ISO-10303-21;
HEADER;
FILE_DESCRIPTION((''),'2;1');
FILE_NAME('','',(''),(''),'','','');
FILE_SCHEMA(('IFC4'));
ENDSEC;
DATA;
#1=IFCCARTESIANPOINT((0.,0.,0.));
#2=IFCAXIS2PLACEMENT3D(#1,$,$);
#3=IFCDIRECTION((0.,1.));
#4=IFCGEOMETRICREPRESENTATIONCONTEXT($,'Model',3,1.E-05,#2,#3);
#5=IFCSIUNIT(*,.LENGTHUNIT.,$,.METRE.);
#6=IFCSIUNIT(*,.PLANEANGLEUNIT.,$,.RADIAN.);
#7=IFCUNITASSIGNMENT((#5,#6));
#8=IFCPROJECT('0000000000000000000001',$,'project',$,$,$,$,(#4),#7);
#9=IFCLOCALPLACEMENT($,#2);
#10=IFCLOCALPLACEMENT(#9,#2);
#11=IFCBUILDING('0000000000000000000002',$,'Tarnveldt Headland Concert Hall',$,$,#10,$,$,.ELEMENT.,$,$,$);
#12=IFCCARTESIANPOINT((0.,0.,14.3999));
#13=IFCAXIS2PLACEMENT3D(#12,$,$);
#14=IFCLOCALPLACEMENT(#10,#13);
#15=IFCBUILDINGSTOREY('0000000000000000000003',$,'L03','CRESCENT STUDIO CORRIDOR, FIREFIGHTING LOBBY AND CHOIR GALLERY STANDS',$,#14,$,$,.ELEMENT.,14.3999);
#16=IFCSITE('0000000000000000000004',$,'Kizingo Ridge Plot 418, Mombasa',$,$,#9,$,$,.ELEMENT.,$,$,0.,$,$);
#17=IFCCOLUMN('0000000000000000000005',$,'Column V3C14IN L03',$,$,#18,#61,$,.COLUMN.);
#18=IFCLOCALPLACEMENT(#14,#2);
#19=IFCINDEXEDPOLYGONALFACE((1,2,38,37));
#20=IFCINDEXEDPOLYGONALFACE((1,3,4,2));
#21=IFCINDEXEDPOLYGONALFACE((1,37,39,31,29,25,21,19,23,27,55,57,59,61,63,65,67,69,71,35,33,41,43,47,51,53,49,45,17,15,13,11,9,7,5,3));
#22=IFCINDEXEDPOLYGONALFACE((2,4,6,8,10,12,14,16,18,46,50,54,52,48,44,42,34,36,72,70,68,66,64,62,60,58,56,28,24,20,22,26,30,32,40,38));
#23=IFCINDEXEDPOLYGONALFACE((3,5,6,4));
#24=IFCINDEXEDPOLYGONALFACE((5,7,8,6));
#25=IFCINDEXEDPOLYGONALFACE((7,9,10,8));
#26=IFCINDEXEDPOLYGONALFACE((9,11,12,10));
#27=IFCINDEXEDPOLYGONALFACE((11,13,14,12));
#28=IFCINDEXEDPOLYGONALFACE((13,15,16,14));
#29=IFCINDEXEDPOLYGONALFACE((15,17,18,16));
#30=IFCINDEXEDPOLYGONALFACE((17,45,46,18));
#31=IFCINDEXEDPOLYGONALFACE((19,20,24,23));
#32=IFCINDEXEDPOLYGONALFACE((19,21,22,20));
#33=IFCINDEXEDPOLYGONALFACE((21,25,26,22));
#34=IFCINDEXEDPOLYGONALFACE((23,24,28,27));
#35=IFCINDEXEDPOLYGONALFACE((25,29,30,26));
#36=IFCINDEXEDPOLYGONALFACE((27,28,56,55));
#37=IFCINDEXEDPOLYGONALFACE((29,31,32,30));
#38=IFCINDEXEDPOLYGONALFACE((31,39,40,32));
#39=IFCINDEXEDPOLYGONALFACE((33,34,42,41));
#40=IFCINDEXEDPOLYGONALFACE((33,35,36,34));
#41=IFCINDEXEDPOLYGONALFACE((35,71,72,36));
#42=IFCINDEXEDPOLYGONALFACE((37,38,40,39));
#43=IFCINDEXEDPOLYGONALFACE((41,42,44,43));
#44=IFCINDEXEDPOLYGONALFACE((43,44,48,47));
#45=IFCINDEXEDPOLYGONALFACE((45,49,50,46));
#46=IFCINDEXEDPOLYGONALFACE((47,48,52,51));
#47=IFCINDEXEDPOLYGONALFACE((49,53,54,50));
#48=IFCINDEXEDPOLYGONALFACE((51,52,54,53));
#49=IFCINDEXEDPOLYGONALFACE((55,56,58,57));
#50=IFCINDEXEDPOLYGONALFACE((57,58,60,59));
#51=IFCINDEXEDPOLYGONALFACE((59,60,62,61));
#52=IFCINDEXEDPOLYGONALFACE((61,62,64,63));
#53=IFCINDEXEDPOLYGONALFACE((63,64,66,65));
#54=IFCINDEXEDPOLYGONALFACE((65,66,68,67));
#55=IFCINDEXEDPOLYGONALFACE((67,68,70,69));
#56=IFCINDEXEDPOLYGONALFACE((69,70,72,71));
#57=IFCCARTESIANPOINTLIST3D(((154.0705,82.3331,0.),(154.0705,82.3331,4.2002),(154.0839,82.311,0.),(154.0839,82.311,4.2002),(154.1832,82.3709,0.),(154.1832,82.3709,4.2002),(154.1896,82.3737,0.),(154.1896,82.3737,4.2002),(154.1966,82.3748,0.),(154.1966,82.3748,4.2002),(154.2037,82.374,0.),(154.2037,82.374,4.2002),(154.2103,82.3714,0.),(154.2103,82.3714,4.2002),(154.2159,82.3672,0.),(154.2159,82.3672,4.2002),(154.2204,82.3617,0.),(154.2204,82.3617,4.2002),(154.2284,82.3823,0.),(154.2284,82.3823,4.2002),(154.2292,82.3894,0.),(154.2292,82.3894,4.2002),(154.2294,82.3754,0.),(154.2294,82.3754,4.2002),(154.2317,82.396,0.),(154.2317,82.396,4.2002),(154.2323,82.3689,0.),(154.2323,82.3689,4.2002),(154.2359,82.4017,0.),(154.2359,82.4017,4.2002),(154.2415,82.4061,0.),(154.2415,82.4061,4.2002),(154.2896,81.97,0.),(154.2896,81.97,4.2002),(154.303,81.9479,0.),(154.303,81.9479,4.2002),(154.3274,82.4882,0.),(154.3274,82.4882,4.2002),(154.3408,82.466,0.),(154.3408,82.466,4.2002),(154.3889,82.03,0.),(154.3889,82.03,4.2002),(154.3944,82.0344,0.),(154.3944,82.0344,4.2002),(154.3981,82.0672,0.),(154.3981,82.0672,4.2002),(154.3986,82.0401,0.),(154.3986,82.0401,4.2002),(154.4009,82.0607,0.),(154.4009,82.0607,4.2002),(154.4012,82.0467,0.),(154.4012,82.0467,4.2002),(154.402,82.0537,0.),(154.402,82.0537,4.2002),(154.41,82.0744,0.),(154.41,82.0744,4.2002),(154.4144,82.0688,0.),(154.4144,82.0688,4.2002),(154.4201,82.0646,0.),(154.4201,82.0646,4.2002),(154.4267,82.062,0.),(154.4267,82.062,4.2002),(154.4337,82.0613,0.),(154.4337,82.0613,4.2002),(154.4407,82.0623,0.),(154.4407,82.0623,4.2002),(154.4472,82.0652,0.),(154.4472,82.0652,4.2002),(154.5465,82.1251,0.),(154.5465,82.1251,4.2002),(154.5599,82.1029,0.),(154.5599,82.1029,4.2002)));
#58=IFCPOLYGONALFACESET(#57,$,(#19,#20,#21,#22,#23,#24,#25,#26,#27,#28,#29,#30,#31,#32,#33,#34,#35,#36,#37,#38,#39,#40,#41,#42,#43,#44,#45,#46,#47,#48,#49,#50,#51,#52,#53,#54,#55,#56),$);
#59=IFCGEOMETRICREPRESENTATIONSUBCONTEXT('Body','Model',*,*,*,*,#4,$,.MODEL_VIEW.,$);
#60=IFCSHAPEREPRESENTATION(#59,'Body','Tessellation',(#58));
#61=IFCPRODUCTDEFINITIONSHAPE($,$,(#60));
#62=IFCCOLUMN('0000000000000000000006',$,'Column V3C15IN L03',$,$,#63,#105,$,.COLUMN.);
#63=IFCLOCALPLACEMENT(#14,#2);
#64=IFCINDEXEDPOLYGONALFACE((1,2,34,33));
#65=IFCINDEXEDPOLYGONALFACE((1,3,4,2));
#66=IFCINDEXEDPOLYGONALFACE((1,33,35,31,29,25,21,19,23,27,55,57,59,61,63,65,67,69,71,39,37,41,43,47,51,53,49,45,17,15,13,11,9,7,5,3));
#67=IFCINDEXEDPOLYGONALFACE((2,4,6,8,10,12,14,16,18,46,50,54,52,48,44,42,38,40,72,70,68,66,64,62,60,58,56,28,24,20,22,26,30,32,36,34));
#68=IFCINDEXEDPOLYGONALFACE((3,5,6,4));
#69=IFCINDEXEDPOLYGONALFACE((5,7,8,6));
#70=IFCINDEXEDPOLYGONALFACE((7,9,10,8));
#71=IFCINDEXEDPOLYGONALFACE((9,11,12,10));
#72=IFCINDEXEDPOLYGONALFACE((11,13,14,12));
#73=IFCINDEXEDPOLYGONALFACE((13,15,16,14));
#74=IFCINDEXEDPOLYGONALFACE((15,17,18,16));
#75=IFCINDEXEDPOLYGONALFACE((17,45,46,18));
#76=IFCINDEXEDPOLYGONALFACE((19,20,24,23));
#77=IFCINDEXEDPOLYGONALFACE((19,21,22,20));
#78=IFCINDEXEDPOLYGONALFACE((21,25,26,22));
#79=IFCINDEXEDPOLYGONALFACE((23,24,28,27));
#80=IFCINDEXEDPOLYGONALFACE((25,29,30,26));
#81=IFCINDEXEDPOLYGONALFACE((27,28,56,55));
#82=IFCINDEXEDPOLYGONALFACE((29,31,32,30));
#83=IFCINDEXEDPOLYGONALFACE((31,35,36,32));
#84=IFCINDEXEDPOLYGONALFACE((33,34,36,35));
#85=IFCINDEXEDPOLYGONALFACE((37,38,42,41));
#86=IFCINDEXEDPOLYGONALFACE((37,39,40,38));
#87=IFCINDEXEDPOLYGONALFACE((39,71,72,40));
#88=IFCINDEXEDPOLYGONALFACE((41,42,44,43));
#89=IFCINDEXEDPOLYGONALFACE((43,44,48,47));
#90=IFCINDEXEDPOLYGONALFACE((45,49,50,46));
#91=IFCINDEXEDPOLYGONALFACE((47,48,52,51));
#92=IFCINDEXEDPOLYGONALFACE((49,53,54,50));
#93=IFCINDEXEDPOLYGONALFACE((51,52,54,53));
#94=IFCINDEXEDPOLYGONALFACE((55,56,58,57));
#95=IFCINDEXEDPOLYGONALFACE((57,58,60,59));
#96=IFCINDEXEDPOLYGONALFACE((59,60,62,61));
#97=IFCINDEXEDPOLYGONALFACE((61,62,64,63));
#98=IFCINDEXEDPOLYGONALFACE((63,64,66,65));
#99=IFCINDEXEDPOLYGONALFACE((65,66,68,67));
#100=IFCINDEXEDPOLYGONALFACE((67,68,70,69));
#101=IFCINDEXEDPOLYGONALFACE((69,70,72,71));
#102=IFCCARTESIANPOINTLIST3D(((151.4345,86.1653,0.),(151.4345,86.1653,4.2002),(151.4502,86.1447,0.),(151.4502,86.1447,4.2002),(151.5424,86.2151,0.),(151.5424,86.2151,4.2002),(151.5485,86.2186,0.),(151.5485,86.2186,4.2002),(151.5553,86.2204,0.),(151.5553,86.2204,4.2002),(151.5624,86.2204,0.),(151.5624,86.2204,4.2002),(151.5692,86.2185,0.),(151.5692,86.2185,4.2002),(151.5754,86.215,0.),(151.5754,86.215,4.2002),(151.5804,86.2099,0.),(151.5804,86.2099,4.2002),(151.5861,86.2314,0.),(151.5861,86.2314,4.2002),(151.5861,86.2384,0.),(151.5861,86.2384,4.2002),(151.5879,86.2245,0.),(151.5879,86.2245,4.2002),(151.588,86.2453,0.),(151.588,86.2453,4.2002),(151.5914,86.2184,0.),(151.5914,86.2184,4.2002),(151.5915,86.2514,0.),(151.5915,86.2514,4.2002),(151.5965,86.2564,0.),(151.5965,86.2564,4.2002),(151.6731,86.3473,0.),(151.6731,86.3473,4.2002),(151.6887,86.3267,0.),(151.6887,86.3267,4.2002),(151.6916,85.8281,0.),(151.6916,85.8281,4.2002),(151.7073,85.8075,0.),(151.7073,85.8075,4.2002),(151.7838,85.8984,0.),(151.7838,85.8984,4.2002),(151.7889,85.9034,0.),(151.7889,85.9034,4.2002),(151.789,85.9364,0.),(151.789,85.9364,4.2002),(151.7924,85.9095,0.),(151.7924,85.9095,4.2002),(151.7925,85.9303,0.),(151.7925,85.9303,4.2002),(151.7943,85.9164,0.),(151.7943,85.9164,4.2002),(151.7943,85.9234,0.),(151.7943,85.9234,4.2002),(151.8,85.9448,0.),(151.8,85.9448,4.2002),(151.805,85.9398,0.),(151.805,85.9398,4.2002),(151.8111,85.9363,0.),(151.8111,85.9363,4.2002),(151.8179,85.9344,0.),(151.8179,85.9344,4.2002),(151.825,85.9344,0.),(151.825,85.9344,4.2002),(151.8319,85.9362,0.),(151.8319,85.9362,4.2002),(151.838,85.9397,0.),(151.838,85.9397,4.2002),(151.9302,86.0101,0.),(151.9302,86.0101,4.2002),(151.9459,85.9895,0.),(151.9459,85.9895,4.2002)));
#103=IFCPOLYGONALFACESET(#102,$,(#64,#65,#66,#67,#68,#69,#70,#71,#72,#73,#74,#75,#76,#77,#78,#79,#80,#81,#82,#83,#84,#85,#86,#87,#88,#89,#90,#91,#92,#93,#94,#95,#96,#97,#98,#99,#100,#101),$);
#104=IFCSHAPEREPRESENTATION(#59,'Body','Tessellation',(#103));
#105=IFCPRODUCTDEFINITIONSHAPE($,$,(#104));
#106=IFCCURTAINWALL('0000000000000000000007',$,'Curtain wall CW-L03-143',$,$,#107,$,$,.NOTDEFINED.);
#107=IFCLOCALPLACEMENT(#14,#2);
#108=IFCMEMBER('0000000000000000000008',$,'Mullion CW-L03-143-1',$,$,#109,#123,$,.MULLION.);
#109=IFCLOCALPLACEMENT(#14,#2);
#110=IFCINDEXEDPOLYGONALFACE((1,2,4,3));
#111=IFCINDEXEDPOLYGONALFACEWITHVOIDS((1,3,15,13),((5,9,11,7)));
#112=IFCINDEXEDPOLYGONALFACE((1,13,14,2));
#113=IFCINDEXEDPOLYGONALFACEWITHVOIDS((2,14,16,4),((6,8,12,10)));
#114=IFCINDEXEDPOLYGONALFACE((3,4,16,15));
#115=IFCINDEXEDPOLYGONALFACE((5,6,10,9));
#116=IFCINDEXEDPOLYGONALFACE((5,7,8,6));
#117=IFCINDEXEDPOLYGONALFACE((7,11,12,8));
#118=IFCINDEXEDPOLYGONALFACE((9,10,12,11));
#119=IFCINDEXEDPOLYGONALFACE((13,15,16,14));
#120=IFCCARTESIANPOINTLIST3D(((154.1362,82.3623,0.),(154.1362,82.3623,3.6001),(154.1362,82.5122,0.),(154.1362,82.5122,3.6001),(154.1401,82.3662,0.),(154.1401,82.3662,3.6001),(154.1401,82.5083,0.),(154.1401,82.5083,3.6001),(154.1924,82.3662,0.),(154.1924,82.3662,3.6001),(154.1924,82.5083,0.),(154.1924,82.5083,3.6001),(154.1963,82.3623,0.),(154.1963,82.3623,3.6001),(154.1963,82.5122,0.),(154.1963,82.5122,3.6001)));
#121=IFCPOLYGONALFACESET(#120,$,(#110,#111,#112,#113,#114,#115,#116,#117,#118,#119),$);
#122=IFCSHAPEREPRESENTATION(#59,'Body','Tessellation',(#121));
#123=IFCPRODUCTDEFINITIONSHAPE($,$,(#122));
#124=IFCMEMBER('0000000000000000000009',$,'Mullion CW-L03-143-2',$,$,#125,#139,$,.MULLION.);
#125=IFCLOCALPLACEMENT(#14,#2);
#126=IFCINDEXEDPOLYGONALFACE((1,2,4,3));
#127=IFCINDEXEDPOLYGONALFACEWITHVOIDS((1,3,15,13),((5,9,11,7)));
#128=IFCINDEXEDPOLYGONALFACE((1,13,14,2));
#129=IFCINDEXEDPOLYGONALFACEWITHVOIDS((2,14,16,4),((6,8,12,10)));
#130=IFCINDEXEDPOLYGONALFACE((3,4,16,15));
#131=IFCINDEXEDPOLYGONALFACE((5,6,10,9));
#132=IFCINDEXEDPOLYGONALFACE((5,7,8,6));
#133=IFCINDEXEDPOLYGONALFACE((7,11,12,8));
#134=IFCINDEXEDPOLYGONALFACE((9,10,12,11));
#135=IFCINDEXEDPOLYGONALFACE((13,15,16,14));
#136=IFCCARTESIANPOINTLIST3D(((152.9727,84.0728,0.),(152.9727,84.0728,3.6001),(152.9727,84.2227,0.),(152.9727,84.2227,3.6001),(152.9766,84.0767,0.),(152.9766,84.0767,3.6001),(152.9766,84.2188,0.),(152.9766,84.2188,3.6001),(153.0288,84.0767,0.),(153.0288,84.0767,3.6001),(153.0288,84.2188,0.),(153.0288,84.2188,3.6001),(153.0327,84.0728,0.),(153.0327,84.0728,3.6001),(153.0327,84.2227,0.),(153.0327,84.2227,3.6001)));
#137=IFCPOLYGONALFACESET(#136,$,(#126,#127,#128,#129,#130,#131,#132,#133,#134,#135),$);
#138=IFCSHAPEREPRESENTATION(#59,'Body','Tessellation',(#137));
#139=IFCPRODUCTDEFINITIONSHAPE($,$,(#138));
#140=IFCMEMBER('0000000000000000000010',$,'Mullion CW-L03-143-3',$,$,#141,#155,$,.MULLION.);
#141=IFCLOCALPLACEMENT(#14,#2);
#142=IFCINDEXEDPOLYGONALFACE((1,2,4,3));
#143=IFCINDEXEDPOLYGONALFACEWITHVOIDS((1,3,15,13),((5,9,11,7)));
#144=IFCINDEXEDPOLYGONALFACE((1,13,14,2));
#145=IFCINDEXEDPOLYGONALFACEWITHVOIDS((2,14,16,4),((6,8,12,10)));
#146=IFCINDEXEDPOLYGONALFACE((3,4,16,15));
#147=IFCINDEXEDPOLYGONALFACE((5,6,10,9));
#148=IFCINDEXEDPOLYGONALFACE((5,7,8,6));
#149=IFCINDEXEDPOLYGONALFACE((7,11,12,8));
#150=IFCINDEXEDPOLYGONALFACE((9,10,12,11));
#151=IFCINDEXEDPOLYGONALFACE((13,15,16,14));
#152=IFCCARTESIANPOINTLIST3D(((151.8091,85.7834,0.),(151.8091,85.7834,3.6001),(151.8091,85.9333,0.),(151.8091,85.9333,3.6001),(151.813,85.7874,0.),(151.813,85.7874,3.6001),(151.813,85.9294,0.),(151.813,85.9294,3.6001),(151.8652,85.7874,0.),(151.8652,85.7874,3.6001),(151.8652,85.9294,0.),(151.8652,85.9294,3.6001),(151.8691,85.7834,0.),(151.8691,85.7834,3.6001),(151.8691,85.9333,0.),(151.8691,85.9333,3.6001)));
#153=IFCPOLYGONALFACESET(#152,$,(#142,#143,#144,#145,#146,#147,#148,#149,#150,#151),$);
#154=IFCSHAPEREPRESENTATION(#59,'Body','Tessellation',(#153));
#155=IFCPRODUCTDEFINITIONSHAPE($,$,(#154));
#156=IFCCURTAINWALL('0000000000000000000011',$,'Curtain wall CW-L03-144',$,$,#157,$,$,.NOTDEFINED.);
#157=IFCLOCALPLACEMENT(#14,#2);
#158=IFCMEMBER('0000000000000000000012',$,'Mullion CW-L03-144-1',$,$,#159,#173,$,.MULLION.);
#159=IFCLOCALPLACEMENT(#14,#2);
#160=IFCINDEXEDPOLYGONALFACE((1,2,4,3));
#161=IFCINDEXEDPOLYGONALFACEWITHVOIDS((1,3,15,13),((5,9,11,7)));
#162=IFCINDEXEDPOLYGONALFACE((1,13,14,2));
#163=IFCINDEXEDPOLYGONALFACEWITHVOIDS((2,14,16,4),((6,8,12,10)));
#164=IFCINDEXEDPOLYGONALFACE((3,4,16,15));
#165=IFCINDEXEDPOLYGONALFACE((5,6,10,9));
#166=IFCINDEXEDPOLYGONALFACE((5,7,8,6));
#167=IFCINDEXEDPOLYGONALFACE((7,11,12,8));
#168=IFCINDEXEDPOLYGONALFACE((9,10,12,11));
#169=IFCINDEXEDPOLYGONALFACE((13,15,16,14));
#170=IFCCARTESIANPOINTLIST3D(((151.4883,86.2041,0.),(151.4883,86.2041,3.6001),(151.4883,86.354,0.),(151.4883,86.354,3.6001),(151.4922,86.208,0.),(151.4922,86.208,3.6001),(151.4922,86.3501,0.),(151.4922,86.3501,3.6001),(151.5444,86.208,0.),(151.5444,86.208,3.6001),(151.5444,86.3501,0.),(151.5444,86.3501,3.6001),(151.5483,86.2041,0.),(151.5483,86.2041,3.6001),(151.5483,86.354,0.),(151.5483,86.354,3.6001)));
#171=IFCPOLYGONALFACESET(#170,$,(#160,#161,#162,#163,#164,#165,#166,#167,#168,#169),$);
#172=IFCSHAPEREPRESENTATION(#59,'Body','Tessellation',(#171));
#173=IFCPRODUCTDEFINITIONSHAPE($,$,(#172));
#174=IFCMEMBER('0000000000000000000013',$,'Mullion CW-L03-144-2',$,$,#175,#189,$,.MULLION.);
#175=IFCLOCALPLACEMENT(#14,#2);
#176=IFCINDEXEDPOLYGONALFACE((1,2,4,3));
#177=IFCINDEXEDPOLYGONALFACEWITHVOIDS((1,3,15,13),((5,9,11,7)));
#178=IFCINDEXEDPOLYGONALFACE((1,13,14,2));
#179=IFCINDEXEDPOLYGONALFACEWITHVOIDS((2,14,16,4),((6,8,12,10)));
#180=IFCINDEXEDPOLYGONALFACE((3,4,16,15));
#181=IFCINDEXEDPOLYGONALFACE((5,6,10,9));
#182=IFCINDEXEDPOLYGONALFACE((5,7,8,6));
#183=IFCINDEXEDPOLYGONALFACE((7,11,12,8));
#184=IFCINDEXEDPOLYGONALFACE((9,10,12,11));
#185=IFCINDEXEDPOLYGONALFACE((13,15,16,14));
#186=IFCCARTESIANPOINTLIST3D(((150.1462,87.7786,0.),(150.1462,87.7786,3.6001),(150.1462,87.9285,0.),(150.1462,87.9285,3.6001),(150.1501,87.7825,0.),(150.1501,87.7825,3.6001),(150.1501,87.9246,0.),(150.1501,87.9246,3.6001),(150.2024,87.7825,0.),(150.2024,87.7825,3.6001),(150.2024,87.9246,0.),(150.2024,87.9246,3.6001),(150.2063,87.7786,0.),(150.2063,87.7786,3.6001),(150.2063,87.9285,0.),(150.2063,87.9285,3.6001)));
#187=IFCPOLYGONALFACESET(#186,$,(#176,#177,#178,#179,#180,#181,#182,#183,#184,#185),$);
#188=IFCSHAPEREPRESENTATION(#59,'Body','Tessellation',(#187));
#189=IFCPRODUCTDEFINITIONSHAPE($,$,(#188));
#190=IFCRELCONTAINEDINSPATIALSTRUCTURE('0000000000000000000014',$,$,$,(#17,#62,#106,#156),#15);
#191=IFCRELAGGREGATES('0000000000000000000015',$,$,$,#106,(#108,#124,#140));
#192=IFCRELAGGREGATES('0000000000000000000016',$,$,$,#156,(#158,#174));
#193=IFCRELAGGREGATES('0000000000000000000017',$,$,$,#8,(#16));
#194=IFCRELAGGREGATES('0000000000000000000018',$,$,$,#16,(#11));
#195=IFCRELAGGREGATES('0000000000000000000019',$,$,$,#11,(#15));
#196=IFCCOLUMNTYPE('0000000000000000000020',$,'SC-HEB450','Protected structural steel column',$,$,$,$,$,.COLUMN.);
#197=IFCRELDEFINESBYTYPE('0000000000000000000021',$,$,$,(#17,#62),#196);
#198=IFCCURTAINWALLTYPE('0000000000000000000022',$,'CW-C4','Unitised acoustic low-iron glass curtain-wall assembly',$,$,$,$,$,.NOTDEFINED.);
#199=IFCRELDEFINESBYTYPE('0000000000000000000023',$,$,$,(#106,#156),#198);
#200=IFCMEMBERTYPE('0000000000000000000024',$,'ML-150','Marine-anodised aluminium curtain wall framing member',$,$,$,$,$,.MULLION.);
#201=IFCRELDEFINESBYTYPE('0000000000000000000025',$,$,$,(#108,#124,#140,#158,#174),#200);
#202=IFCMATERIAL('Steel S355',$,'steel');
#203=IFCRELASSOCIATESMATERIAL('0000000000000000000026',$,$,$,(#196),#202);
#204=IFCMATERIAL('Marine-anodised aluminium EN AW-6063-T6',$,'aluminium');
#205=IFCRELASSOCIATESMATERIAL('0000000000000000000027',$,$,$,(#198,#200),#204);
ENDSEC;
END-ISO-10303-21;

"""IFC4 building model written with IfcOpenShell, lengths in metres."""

from ifc_helpers import new_model, si_unit, direction, frame, origin, origin_2d, place, context, subcontext, project, spatial, hollow_rectangle, i_section, extrude, material, material_profile, profile_set, type_object, element, aggregate, save


model = new_model("IFC4")

# Units and contexts
model_context = context("Model", 3, precision=1e-05, world=origin(), true_north=direction((0.0, 1.0)))
body_context = subcontext(model_context, "Body", "Model", "MODEL_VIEW")
ifc_project = project(units=[si_unit("LENGTHUNIT", "METRE"), si_unit("PLANEANGLEUNIT", "RADIAN")], contexts=[model_context])

# Site, building, storey
site_placement = place(None, origin())
site = spatial("IfcSite", under=ifc_project, at=site_placement, Name="Kizingo Ridge Plot 418, Mombasa", CompositionType="ELEMENT", RefElevation=0.0)
building_placement = place(site_placement, origin())
building = spatial("IfcBuilding", under=site, at=building_placement, Name="Tarnveldt Headland Concert Hall", CompositionType="ELEMENT")
storey_placement = place(building_placement, frame((0.0, 0.0, 14.3999)))
storey = spatial("IfcBuildingStorey", under=building, at=storey_placement, Name="L03", Description="CRESCENT STUDIO CORRIDOR, FIREFIGHTING LOBBY AND CHOIR GALLERY STANDS", CompositionType="ELEMENT", Elevation=14.3999)

# Columns
ifc_material_1 = material(Name="Steel S355", Category="steel")
ifc_material_profile_1 = material_profile(ifc_material_1, i_section(OverallWidth=0.3, OverallDepth=0.45, WebThickness=0.0139, FlangeThickness=0.0259, FilletRadius=0.0271, at=origin_2d()), Name="HEB450", Category="steel")
ifc_profile_set_1 = profile_set([ifc_material_profile_1], Name="Steel S355")
column_type = type_object("IfcColumnType", Name="SC-HEB450", Description="Protected structural steel column", PredefinedType="COLUMN", material=ifc_profile_set_1)
for number, where, z_axis, x_axis, name in (
    (1, (154.3152, 82.218, 0.0), (0.0, 0.0, 1.0), (0.856177, 0.516683, 0.0), "Column V3C14IN L03"),
    (2, (151.6902, 86.0774, 0.0), (0.0, 0.0, 1.0), (0.795156, 0.606405, 0.0), "Column V3C15IN L03"),
):
    element("IfcColumn", number, at=place(storey_placement, frame(where, z_axis=z_axis, x_axis=x_axis)), inside=storey, type_object=column_type, Name=name, PredefinedType="COLUMN", context=body_context, shape_type="SweptSolid", body=[
        extrude(i_section(OverallWidth=0.3, OverallDepth=0.45, WebThickness=0.0139, FlangeThickness=0.0259, FilletRadius=0.0271, at=origin_2d()), origin(), (0.0, 0.0, 1.0), 4.2002),
    ])

# Curtain walls, members
ifc_material_2 = material(Name="Marine-anodised aluminium EN AW-6063-T6", Category="aluminium")
curtain_wall_type = type_object("IfcCurtainWallType", Name="CW-C4", Description="Unitised acoustic low-iron glass curtain-wall assembly", PredefinedType="NOTDEFINED", material=ifc_material_2)
curtain_wall_1_placement = place(storey_placement, origin())
curtain_wall_1 = element("IfcCurtainWall", 3, at=curtain_wall_1_placement, inside=storey, type_object=curtain_wall_type, Name="Curtain wall CW-L03-143", PredefinedType="NOTDEFINED")
ifc_material_profile_2 = material_profile(ifc_material_2, hollow_rectangle(XDim=0.0601, YDim=0.1499, WallThickness=0.0039, at=origin_2d()), Name="ALU MULLION 60x150x4", Category="aluminium")
ifc_profile_set_2 = profile_set([ifc_material_profile_2], Name="Marine-anodised aluminium EN AW-6063-T6")
member_type_1 = type_object("IfcMemberType", Name="ML-150", Description="Marine-anodised aluminium curtain wall framing member", PredefinedType="MULLION", material=ifc_profile_set_2)
member_1_placement = place(storey_placement, frame((154.1663, 82.4373, 0.0), z_axis=(0.0, 0.0, 1.0), x_axis=(1.0, 0.0, 0.0)))
member_1 = element("IfcMember", 4, at=member_1_placement, type_object=member_type_1, Name="Mullion CW-L03-143-1", PredefinedType="MULLION", context=body_context, shape_type="SweptSolid", body=[
    extrude(hollow_rectangle(XDim=0.0601, YDim=0.1499, WallThickness=0.0039, at=origin_2d()), origin(), (0.0, 0.0, 1.0), 3.6001),
])
member_2_placement = place(storey_placement, frame((153.0027, 84.1477, 0.0), z_axis=(0.0, 0.0, 1.0), x_axis=(1.0, 0.0, 0.0)))
member_2 = element("IfcMember", 5, at=member_2_placement, type_object=member_type_1, Name="Mullion CW-L03-143-2", PredefinedType="MULLION", context=body_context, shape_type="SweptSolid", body=[
    extrude(hollow_rectangle(XDim=0.0601, YDim=0.1499, WallThickness=0.0039, at=origin_2d()), origin(), (0.0, 0.0, 1.0), 3.6001),
])
member_3_placement = place(storey_placement, frame((151.8391, 85.8584, 0.0), z_axis=(0.0, 0.0, 1.0), x_axis=(1.0, 0.0, 0.0)))
member_3 = element("IfcMember", 6, at=member_3_placement, type_object=member_type_1, Name="Mullion CW-L03-143-3", PredefinedType="MULLION", context=body_context, shape_type="SweptSolid", body=[
    extrude(hollow_rectangle(XDim=0.0601, YDim=0.1499, WallThickness=0.0039, at=origin_2d()), origin(), (0.0, 0.0, 1.0), 3.6001),
])
curtain_wall_2_placement = place(storey_placement, origin())
curtain_wall_2 = element("IfcCurtainWall", 7, at=curtain_wall_2_placement, inside=storey, type_object=curtain_wall_type, Name="Curtain wall CW-L03-144", PredefinedType="NOTDEFINED")
member_4_placement = place(storey_placement, frame((151.5183, 86.2791, 0.0), z_axis=(0.0, 0.0, 1.0), x_axis=(1.0, 0.0, 0.0)))
member_4 = element("IfcMember", 8, at=member_4_placement, type_object=member_type_1, Name="Mullion CW-L03-144-1", PredefinedType="MULLION", context=body_context, shape_type="SweptSolid", body=[
    extrude(hollow_rectangle(XDim=0.0601, YDim=0.1499, WallThickness=0.0039, at=origin_2d()), origin(), (0.0, 0.0, 1.0), 3.6001),
])
member_5_placement = place(storey_placement, frame((150.1763, 87.8535, 0.0), z_axis=(0.0, 0.0, 1.0), x_axis=(1.0, 0.0, 0.0)))
member_5 = element("IfcMember", 9, at=member_5_placement, type_object=member_type_1, Name="Mullion CW-L03-144-2", PredefinedType="MULLION", context=body_context, shape_type="SweptSolid", body=[
    extrude(hollow_rectangle(XDim=0.0601, YDim=0.1499, WallThickness=0.0039, at=origin_2d()), origin(), (0.0, 0.0, 1.0), 3.6001),
])

aggregate(curtain_wall_1, [member_1, member_2, member_3])
aggregate(curtain_wall_2, [member_4, member_5])

save(model, "model.ifc")
